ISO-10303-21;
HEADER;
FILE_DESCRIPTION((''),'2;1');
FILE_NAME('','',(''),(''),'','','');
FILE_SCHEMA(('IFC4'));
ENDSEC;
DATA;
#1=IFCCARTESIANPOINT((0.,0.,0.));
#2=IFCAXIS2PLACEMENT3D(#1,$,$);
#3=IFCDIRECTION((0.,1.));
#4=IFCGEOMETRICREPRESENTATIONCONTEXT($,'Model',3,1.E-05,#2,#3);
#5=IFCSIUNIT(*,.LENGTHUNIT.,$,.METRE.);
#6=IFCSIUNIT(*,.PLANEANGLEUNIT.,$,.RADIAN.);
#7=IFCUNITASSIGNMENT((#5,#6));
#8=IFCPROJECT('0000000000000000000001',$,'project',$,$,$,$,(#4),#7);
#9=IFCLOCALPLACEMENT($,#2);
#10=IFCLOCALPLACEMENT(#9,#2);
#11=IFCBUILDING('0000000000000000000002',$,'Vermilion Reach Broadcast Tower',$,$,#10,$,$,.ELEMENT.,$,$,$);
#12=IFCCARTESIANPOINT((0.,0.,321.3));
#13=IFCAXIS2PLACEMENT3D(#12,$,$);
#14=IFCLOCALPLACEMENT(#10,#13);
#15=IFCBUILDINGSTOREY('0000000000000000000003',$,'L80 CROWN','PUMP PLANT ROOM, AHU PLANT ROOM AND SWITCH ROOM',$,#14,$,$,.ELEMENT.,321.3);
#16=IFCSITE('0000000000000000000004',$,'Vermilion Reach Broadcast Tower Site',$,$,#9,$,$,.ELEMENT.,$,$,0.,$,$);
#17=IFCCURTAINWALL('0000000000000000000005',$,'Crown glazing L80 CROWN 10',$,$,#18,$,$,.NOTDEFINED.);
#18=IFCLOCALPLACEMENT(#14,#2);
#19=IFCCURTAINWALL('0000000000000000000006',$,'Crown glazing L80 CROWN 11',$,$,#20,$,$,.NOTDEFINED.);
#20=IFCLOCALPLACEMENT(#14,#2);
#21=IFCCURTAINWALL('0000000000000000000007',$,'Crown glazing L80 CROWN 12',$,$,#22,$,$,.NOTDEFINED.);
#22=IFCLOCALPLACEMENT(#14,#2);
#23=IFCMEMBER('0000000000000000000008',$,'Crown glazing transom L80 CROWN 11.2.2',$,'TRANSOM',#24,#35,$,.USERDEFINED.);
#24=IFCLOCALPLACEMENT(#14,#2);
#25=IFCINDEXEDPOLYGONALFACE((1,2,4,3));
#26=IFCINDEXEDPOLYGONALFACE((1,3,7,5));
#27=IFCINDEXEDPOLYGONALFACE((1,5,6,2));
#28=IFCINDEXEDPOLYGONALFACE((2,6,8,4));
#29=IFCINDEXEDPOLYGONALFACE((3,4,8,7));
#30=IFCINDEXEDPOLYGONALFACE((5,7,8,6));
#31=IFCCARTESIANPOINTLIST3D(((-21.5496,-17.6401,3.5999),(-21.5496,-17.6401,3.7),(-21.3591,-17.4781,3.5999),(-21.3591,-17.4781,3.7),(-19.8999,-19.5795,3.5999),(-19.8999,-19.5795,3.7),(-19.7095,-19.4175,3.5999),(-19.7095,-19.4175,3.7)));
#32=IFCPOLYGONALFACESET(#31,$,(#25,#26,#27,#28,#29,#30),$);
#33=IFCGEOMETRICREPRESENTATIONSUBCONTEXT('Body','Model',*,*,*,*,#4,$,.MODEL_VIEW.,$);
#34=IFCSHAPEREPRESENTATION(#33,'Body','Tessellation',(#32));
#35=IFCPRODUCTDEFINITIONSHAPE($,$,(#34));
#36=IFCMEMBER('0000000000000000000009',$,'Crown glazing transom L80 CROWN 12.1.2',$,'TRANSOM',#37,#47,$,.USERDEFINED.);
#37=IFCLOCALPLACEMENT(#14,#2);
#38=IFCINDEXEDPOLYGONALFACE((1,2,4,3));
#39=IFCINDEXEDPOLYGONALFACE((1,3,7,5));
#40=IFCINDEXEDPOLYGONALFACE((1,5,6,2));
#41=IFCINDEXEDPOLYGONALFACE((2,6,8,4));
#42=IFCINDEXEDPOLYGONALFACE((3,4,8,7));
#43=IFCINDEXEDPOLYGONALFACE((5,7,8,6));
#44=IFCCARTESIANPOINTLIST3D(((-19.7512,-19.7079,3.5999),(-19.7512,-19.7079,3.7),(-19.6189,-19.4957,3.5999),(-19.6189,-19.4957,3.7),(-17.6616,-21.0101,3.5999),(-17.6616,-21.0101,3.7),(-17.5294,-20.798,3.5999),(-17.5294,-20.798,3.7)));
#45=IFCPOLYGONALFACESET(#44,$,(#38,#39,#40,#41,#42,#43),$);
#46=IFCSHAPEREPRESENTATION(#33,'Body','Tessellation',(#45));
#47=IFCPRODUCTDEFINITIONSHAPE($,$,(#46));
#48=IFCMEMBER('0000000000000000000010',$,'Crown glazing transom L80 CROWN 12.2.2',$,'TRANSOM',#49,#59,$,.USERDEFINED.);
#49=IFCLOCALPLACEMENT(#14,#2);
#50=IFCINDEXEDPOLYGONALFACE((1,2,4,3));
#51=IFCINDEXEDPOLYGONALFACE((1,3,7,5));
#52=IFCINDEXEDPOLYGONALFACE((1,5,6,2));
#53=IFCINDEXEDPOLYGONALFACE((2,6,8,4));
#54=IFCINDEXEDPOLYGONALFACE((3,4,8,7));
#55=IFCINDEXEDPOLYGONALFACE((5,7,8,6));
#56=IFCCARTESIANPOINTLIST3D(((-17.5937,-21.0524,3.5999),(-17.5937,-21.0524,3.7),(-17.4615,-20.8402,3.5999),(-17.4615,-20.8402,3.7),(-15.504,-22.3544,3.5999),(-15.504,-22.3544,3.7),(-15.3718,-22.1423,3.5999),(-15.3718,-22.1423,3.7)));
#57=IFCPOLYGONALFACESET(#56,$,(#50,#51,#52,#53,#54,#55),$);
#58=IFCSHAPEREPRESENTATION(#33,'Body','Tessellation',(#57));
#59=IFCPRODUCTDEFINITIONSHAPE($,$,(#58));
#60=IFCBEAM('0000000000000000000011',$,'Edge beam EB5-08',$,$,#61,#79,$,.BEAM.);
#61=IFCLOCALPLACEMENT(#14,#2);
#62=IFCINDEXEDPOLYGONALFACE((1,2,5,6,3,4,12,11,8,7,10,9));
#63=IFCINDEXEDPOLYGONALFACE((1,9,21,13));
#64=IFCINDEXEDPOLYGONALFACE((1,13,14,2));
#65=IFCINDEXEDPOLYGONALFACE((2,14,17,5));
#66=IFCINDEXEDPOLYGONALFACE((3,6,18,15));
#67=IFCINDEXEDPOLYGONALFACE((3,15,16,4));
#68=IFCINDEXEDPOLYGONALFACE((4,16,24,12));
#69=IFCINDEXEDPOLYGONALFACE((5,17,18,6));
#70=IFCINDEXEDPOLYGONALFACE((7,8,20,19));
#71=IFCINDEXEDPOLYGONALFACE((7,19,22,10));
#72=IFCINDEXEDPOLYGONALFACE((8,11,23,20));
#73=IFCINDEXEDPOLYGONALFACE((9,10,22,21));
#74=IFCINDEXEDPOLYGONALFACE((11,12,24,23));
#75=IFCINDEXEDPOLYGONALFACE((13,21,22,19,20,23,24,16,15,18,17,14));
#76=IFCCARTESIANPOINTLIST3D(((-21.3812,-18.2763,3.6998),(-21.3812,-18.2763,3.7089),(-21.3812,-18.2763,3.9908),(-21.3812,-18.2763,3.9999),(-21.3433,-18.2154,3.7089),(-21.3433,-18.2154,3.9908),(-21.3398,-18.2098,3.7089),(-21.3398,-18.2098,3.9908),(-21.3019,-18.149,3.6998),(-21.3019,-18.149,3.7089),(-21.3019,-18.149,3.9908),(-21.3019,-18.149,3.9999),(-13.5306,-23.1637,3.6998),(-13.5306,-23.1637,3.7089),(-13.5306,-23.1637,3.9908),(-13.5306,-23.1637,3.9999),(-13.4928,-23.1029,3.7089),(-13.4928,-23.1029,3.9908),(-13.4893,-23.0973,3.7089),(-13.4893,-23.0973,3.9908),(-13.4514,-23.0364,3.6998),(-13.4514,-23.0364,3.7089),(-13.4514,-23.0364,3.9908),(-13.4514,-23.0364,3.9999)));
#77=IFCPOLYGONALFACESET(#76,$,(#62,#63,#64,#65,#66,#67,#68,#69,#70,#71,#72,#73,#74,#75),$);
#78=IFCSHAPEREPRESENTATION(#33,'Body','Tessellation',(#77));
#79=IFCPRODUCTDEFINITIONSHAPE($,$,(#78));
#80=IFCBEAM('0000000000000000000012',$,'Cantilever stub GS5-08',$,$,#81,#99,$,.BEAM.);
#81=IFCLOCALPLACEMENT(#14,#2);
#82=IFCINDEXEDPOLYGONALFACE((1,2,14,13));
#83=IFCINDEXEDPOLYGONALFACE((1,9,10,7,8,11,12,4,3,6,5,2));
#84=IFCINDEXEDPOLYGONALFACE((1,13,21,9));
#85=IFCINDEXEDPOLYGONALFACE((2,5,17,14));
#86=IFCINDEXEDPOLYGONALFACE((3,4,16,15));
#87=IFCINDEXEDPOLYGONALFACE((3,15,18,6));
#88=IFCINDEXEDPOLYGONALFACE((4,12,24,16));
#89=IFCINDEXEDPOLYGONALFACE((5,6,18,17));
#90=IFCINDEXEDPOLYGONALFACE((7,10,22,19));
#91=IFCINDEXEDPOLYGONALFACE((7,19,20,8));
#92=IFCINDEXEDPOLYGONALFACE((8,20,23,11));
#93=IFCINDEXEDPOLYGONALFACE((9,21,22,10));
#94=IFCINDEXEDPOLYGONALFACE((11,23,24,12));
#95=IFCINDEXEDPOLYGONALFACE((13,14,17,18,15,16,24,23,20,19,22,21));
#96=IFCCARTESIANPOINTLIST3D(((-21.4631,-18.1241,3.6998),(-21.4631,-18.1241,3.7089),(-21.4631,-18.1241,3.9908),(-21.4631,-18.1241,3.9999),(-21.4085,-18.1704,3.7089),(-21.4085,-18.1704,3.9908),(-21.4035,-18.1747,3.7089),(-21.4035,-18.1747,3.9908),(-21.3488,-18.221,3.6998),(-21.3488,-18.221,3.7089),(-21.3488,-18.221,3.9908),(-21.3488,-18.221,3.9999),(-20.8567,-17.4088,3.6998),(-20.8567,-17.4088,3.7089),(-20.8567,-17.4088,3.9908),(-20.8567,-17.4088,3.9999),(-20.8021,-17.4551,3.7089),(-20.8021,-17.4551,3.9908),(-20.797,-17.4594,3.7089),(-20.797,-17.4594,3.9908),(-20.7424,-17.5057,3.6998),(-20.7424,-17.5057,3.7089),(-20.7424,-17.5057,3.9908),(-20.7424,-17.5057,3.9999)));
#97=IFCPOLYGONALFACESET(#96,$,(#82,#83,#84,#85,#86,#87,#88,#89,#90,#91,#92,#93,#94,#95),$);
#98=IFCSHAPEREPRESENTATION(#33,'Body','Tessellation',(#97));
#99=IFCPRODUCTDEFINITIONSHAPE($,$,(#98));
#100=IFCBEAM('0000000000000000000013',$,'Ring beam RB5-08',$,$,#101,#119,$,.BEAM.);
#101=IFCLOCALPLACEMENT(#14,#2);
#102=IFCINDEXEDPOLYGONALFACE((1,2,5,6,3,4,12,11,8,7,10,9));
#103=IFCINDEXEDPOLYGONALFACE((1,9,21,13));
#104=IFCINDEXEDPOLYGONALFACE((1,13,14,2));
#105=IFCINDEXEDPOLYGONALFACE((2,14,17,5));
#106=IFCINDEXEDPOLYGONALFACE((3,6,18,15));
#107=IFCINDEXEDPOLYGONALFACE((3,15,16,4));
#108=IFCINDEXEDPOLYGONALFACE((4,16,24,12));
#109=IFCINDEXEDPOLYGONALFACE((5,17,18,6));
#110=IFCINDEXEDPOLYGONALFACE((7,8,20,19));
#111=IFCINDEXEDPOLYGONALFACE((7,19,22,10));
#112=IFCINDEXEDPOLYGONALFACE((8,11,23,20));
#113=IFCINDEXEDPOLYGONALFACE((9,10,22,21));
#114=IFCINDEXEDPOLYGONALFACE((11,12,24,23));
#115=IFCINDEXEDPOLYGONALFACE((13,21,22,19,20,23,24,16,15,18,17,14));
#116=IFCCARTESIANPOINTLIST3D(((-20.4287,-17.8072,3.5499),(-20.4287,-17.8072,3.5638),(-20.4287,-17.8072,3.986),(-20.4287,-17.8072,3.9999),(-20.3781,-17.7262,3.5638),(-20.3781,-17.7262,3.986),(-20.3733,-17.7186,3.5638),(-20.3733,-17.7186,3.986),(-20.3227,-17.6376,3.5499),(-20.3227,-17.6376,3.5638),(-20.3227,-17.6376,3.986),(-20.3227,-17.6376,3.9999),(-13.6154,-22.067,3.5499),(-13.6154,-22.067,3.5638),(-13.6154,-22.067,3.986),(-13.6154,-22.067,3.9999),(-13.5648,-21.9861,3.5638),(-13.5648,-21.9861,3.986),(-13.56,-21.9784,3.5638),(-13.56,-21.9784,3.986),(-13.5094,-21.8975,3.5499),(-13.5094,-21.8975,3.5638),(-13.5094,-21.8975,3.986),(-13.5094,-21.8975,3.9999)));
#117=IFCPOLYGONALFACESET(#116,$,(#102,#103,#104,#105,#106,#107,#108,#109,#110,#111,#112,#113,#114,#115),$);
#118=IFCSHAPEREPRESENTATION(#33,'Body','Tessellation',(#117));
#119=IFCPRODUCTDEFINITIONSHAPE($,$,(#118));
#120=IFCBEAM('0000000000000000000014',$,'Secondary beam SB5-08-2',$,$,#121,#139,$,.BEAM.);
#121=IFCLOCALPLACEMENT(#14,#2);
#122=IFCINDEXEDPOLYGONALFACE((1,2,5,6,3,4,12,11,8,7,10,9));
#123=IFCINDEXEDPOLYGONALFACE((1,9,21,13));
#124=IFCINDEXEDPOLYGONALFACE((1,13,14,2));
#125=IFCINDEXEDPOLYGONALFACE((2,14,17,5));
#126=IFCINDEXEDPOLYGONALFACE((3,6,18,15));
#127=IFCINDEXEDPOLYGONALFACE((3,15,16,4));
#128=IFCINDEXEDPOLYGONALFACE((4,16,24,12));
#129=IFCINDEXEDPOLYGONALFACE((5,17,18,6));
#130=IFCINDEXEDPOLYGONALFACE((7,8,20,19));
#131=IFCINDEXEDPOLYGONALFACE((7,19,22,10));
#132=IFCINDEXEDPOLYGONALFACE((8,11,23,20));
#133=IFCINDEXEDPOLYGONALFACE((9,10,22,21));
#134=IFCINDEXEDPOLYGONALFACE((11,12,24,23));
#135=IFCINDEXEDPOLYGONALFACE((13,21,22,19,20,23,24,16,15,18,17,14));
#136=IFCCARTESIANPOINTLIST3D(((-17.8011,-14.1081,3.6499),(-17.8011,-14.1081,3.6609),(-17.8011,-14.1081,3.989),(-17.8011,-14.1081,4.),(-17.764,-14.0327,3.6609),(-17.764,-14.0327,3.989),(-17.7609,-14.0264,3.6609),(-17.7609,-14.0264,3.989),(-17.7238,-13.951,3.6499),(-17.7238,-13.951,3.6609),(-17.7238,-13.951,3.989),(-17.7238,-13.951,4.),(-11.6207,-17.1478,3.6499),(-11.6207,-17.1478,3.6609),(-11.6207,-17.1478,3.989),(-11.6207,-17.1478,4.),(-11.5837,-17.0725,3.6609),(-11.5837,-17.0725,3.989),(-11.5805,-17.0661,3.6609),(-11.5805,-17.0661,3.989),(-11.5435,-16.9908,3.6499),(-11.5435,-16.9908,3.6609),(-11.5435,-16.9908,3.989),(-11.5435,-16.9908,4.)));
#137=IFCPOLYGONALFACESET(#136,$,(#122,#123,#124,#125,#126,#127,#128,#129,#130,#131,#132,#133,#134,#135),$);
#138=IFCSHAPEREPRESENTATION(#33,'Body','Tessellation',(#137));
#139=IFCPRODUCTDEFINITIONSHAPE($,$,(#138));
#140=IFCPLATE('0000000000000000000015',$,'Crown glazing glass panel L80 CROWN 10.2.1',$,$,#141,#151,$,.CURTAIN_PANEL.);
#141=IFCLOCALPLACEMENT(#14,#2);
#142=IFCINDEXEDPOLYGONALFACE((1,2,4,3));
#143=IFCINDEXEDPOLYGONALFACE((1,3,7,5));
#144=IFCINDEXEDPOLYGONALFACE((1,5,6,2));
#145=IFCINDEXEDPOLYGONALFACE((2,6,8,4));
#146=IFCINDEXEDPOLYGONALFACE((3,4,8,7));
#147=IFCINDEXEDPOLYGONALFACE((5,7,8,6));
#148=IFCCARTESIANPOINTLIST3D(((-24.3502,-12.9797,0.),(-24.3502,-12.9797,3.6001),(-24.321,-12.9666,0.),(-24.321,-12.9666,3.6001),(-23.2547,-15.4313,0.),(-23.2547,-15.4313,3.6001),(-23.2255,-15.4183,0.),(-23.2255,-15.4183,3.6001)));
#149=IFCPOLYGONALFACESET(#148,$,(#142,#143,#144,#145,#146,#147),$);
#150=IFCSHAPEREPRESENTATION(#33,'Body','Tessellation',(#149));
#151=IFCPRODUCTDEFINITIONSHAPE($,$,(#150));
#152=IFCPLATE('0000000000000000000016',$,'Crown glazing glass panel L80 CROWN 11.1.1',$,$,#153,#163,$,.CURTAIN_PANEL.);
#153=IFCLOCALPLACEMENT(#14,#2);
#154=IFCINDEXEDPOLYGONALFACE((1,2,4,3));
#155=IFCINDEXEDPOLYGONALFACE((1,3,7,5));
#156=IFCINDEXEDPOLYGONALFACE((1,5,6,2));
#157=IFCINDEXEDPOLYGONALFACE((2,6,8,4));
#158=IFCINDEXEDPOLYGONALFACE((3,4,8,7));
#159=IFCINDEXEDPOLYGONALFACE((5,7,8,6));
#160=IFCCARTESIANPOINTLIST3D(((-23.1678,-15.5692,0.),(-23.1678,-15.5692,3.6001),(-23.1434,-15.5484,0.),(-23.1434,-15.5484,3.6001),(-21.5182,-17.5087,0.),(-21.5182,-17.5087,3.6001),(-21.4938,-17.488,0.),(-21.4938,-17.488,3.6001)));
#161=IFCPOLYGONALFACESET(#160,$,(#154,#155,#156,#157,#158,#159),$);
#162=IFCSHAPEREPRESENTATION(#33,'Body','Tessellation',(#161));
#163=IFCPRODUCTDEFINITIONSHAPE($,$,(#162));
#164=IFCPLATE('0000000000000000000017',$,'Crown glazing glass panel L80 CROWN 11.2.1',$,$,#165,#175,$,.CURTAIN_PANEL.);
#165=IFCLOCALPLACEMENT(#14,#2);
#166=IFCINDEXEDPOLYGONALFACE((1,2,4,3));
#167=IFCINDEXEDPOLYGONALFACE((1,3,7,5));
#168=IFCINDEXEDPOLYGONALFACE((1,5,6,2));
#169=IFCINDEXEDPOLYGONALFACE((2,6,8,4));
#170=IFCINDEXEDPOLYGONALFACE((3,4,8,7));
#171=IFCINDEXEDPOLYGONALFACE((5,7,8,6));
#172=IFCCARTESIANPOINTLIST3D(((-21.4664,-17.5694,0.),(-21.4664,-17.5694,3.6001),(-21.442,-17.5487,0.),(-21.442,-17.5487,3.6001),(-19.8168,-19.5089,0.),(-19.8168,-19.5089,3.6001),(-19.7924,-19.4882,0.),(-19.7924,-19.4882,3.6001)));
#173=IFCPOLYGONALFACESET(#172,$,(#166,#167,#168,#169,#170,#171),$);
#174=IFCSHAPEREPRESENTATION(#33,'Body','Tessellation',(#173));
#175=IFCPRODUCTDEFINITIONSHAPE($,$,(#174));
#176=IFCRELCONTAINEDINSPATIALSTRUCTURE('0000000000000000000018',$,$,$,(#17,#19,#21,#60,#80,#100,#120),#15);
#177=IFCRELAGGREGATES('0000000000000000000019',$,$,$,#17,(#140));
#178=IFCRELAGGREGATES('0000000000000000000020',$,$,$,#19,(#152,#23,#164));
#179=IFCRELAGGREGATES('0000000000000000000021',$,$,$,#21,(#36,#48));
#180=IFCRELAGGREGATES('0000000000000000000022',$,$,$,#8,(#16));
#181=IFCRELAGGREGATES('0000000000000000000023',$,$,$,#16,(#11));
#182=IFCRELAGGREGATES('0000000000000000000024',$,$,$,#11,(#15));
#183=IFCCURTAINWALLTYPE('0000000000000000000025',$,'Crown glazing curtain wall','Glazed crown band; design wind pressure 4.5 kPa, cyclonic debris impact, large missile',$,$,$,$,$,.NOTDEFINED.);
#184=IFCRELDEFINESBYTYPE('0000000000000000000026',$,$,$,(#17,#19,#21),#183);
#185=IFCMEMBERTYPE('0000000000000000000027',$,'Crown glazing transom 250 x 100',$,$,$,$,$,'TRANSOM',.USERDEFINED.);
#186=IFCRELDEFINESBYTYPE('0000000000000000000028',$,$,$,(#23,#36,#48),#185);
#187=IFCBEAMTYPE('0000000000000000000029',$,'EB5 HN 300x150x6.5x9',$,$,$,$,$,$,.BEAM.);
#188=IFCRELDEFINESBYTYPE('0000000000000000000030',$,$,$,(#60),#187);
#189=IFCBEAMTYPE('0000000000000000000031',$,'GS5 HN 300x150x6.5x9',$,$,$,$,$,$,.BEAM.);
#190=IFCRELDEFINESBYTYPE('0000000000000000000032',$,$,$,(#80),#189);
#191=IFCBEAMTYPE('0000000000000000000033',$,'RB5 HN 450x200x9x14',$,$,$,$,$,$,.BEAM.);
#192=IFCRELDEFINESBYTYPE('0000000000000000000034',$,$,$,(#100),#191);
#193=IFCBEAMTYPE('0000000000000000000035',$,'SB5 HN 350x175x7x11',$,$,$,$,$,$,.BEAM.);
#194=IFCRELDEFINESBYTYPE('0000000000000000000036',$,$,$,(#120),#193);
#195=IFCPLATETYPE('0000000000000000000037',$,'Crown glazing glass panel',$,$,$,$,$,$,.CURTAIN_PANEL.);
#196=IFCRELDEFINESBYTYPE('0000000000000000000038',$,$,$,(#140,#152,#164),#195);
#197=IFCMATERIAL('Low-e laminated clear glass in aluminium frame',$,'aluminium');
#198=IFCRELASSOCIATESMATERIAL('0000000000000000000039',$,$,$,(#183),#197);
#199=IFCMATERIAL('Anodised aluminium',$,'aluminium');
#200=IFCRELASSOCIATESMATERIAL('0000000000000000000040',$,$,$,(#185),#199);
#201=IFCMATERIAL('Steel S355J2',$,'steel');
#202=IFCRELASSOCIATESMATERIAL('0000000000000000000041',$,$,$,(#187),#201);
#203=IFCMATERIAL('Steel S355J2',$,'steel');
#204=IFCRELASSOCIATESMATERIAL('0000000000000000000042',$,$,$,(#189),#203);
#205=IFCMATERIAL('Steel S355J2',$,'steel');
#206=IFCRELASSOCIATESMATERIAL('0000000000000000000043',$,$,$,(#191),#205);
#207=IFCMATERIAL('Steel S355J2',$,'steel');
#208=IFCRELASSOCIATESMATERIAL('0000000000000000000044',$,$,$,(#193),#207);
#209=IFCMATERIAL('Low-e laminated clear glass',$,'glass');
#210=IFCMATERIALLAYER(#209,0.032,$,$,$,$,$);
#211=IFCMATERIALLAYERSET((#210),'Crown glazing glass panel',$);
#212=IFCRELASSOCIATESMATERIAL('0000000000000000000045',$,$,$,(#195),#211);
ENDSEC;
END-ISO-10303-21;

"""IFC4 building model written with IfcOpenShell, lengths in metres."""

from ifc_helpers import new_model, si_unit, direction, frame, origin, origin_2d, place, context, subcontext, project, spatial, rectangle, i_section, extrude, material, layer, layer_set, material_profile, profile_set, type_object, element, aggregate, save


model = new_model("IFC4")

# Units and contexts
model_context = context("Model", 3, precision=1e-05, world=origin(), true_north=direction((0.0, 1.0)))
body_context = subcontext(model_context, "Body", "Model", "MODEL_VIEW")
ifc_project = project(units=[si_unit("LENGTHUNIT", "METRE"), si_unit("PLANEANGLEUNIT", "RADIAN")], contexts=[model_context])

# Site, building, storey
site_placement = place(None, origin())
site = spatial("IfcSite", under=ifc_project, at=site_placement, Name="Vermilion Reach Broadcast Tower Site", CompositionType="ELEMENT", RefElevation=0.0)
building_placement = place(site_placement, origin())
building = spatial("IfcBuilding", under=site, at=building_placement, Name="Vermilion Reach Broadcast Tower", CompositionType="ELEMENT")
storey_placement = place(building_placement, frame((0.0, 0.0, 321.3)))
storey = spatial("IfcBuildingStorey", under=building, at=storey_placement, Name="L80 CROWN", Description="PUMP PLANT ROOM, AHU PLANT ROOM AND SWITCH ROOM", CompositionType="ELEMENT", Elevation=321.3)

# Curtain wall
ifc_material_1 = material(Name="Low-e laminated clear glass in aluminium frame", Category="aluminium")
curtain_wall_type = type_object("IfcCurtainWallType", Name="Crown glazing curtain wall", Description="Glazed crown band; design wind pressure 4.5 kPa, cyclonic debris impact, large missile", PredefinedType="NOTDEFINED", material=ifc_material_1)
placement = place(storey_placement, origin())
curtain_wall_1 = element("IfcCurtainWall", 1, at=placement, inside=storey, type_object=curtain_wall_type, Name="Crown glazing L80 CROWN 10", PredefinedType="NOTDEFINED")

# Curtain walls
curtain_wall_2 = element("IfcCurtainWall", 2, at=placement, inside=storey, type_object=curtain_wall_type, Name="Crown glazing L80 CROWN 11", PredefinedType="NOTDEFINED")
curtain_wall_3 = element("IfcCurtainWall", 3, at=placement, inside=storey, type_object=curtain_wall_type, Name="Crown glazing L80 CROWN 12", PredefinedType="NOTDEFINED")

# Members
ifc_material_2 = material(Name="Anodised aluminium", Category="aluminium")
ifc_material_profile_1 = material_profile(ifc_material_2, rectangle(XDim=0.25, YDim=0.1001, at=origin_2d()), Name="Crown glazing transom 250 x 100")
ifc_profile_set_1 = profile_set([ifc_material_profile_1], Name="Anodised aluminium")
member_type_1 = type_object("IfcMemberType", Name="Crown glazing transom 250 x 100", ElementType="TRANSOM", PredefinedType="USERDEFINED", material=ifc_profile_set_1)
member_1_placement = place(storey_placement, frame((-21.4543, -17.5591, 3.6499), z_axis=(0.647904, -0.761722, 0.0), x_axis=(0.761722, 0.647904, 0.0)))
member_1 = element("IfcMember", 4, at=member_1_placement, type_object=member_type_1, Name="Crown glazing transom L80 CROWN 11.2.2", ObjectType="TRANSOM", PredefinedType="USERDEFINED", context=body_context, shape_type="SweptSolid", body=[
    extrude(rectangle(XDim=0.25, YDim=0.1001, at=origin_2d()), origin(), (0.0, 0.0, 1.0), 2.5461),
])
member_2_placement = place(storey_placement, frame((-19.6851, -19.6018, 3.6499), z_axis=(0.848683, -0.528902, 0.0), x_axis=(0.528902, 0.848683, 0.0)))
member_2 = element("IfcMember", 5, at=member_2_placement, type_object=member_type_1, Name="Crown glazing transom L80 CROWN 12.1.2", ObjectType="TRANSOM", PredefinedType="USERDEFINED", context=body_context, shape_type="SweptSolid", body=[
    extrude(rectangle(XDim=0.25, YDim=0.1001, at=origin_2d()), origin(), (0.0, 0.0, 1.0), 2.4622),
])
member_3_placement = place(storey_placement, frame((-17.5276, -20.9463, 3.6499), z_axis=(0.848727, -0.528831, 0.0), x_axis=(0.528831, 0.848727, 0.0)))
member_3 = element("IfcMember", 6, at=member_3_placement, type_object=member_type_1, Name="Crown glazing transom L80 CROWN 12.2.2", ObjectType="TRANSOM", PredefinedType="USERDEFINED", context=body_context, shape_type="SweptSolid", body=[
    extrude(rectangle(XDim=0.25, YDim=0.1001, at=origin_2d()), origin(), (0.0, 0.0, 1.0), 2.4622),
])

# Beams
ifc_material_3 = material(Name="Steel S355J2", Category="steel")
ifc_material_profile_2 = material_profile(ifc_material_3, i_section(OverallWidth=0.1499, OverallDepth=0.3, WebThickness=0.0066, FlangeThickness=0.009, at=origin_2d()), Name="S355J2 HN 300x150x6.5x9")
ifc_profile_set_2 = profile_set([ifc_material_profile_2], Name="Steel S355J2")
beam_type_1 = type_object("IfcBeamType", Name="EB5 HN 300x150x6.5x9", PredefinedType="BEAM", material=ifc_profile_set_2)
beam_1_placement = place(storey_placement, frame((-21.3416, -18.2126, 3.8499), z_axis=(0.848928, -0.528508, 0.0), x_axis=(0.528508, 0.848928, 0.0)))
element("IfcBeam", 7, at=beam_1_placement, inside=storey, type_object=beam_type_1, Name="Edge beam EB5-08", PredefinedType="BEAM", context=body_context, shape_type="SweptSolid", body=[
    extrude(i_section(OverallWidth=0.1499, OverallDepth=0.3, WebThickness=0.0066, FlangeThickness=0.009, at=origin_2d()), origin(), (0.0, 0.0, 1.0), 9.2476),
])
ifc_material_4 = material(Name="Steel S355J2", Category="steel")
ifc_material_profile_3 = material_profile(ifc_material_4, i_section(OverallWidth=0.1499, OverallDepth=0.3, WebThickness=0.0066, FlangeThickness=0.009, at=origin_2d()), Name="S355J2 HN 300x150x6.5x9")
ifc_profile_set_3 = profile_set([ifc_material_profile_3], Name="Steel S355J2")
beam_type_2 = type_object("IfcBeamType", Name="GS5 HN 300x150x6.5x9", PredefinedType="BEAM", material=ifc_profile_set_3)
beam_2_placement = place(storey_placement, frame((-20.7996, -17.4573, 3.8499), z_axis=(-0.646665, -0.762774, 0.0), x_axis=(0.762774, -0.646665, 0.0)))
element("IfcBeam", 8, at=beam_2_placement, inside=storey, type_object=beam_type_2, Name="Cantilever stub GS5-08", PredefinedType="BEAM", context=body_context, shape_type="SweptSolid", body=[
    extrude(i_section(OverallWidth=0.1499, OverallDepth=0.3, WebThickness=0.0066, FlangeThickness=0.009, at=origin_2d()), origin(), (0.0, 0.0, 1.0), 0.9377),
])
ifc_material_5 = material(Name="Steel S355J2", Category="steel")
ifc_material_profile_4 = material_profile(ifc_material_5, i_section(OverallWidth=0.2, OverallDepth=0.45, WebThickness=0.009, FlangeThickness=0.0139, at=origin_2d()), Name="S355J2 HN 450x200x9x14")
ifc_profile_set_4 = profile_set([ifc_material_profile_4], Name="Steel S355J2")
beam_type_3 = type_object("IfcBeamType", Name="RB5 HN 450x200x9x14", PredefinedType="BEAM", material=ifc_profile_set_4)
beam_3_placement = place(storey_placement, frame((-20.3757, -17.7224, 3.7749), z_axis=(0.847915, -0.530133, 0.0), x_axis=(0.530133, 0.847915, 0.0)))
element("IfcBeam", 9, at=beam_3_placement, inside=storey, type_object=beam_type_3, Name="Ring beam RB5-08", PredefinedType="BEAM", context=body_context, shape_type="SweptSolid", body=[
    extrude(i_section(OverallWidth=0.2, OverallDepth=0.45, WebThickness=0.009, FlangeThickness=0.0139, at=origin_2d()), origin(), (0.0, 0.0, 1.0), 8.0354),
])
ifc_material_6 = material(Name="Steel S355J2", Category="steel")
ifc_material_profile_5 = material_profile(ifc_material_6, i_section(OverallWidth=0.175, OverallDepth=0.3501, WebThickness=0.0071, FlangeThickness=0.011, at=origin_2d()), Name="S355J2 HN 350x175x7x11")
ifc_profile_set_5 = profile_set([ifc_material_profile_5], Name="Steel S355J2")
beam_type_4 = type_object("IfcBeamType", Name="SB5 HN 350x175x7x11", PredefinedType="BEAM", material=ifc_profile_set_5)
beam_4_placement = place(storey_placement, frame((-17.7625, -14.0295, 3.825), z_axis=(0.897336, -0.441348, 0.0), x_axis=(0.441348, 0.897336, 0.0)))
element("IfcBeam", 10, at=beam_4_placement, inside=storey, type_object=beam_type_4, Name="Secondary beam SB5-08-2", PredefinedType="BEAM", context=body_context, shape_type="SweptSolid", body=[
    extrude(i_section(OverallWidth=0.175, OverallDepth=0.3501, WebThickness=0.0071, FlangeThickness=0.011, at=origin_2d()), origin(), (0.0, 0.0, 1.0), 6.8875),
])

# Plates
ifc_material_7 = material(Name="Low-e laminated clear glass", Category="glass")
ifc_layer_1 = layer(ifc_material_7, 0.032)
ifc_layer_set_1 = layer_set([ifc_layer_1], Name="Crown glazing glass panel")
plate_type = type_object("IfcPlateType", Name="Crown glazing glass panel", PredefinedType="CURTAIN_PANEL", material=ifc_layer_set_1)
plate_1_placement = place(storey_placement, frame((-23.7878, -14.199, 0.0), z_axis=(0.0, 0.0, 1.0), x_axis=(0.407985, -0.912989, 0.0)))
plate_1 = element("IfcPlate", 11, at=plate_1_placement, type_object=plate_type, Name="Crown glazing glass panel L80 CROWN 10.2.1", PredefinedType="CURTAIN_PANEL", context=body_context, shape_type="SweptSolid", body=[
    extrude(rectangle(XDim=2.6853, YDim=0.032, at=origin_2d()), origin(), (0.0, 0.0, 1.0), 3.6001),
])
aggregate(curtain_wall_1, [plate_1])
plate_2_placement = place(storey_placement, frame((-22.3308, -16.5286, 0.0), z_axis=(0.0, 0.0, 1.0), x_axis=(0.647871, -0.76175, 0.0)))
plate_2 = element("IfcPlate", 12, at=plate_2_placement, type_object=plate_type, Name="Crown glazing glass panel L80 CROWN 11.1.1", PredefinedType="CURTAIN_PANEL", context=body_context, shape_type="SweptSolid", body=[
    extrude(rectangle(XDim=2.5461, YDim=0.032, at=origin_2d()), origin(), (0.0, 0.0, 1.0), 3.6001),
])
plate_3_placement = place(storey_placement, frame((-20.6294, -18.5288, 0.0), z_axis=(0.0, 0.0, 1.0), x_axis=(0.647871, -0.76175, 0.0)))
plate_3 = element("IfcPlate", 13, at=plate_3_placement, type_object=plate_type, Name="Crown glazing glass panel L80 CROWN 11.2.1", PredefinedType="CURTAIN_PANEL", context=body_context, shape_type="SweptSolid", body=[
    extrude(rectangle(XDim=2.5461, YDim=0.032, at=origin_2d()), origin(), (0.0, 0.0, 1.0), 3.6001),
])
aggregate(curtain_wall_2, [plate_2, member_1, plate_3])
aggregate(curtain_wall_3, [member_2, member_3])

save(model, "model.ifc")
